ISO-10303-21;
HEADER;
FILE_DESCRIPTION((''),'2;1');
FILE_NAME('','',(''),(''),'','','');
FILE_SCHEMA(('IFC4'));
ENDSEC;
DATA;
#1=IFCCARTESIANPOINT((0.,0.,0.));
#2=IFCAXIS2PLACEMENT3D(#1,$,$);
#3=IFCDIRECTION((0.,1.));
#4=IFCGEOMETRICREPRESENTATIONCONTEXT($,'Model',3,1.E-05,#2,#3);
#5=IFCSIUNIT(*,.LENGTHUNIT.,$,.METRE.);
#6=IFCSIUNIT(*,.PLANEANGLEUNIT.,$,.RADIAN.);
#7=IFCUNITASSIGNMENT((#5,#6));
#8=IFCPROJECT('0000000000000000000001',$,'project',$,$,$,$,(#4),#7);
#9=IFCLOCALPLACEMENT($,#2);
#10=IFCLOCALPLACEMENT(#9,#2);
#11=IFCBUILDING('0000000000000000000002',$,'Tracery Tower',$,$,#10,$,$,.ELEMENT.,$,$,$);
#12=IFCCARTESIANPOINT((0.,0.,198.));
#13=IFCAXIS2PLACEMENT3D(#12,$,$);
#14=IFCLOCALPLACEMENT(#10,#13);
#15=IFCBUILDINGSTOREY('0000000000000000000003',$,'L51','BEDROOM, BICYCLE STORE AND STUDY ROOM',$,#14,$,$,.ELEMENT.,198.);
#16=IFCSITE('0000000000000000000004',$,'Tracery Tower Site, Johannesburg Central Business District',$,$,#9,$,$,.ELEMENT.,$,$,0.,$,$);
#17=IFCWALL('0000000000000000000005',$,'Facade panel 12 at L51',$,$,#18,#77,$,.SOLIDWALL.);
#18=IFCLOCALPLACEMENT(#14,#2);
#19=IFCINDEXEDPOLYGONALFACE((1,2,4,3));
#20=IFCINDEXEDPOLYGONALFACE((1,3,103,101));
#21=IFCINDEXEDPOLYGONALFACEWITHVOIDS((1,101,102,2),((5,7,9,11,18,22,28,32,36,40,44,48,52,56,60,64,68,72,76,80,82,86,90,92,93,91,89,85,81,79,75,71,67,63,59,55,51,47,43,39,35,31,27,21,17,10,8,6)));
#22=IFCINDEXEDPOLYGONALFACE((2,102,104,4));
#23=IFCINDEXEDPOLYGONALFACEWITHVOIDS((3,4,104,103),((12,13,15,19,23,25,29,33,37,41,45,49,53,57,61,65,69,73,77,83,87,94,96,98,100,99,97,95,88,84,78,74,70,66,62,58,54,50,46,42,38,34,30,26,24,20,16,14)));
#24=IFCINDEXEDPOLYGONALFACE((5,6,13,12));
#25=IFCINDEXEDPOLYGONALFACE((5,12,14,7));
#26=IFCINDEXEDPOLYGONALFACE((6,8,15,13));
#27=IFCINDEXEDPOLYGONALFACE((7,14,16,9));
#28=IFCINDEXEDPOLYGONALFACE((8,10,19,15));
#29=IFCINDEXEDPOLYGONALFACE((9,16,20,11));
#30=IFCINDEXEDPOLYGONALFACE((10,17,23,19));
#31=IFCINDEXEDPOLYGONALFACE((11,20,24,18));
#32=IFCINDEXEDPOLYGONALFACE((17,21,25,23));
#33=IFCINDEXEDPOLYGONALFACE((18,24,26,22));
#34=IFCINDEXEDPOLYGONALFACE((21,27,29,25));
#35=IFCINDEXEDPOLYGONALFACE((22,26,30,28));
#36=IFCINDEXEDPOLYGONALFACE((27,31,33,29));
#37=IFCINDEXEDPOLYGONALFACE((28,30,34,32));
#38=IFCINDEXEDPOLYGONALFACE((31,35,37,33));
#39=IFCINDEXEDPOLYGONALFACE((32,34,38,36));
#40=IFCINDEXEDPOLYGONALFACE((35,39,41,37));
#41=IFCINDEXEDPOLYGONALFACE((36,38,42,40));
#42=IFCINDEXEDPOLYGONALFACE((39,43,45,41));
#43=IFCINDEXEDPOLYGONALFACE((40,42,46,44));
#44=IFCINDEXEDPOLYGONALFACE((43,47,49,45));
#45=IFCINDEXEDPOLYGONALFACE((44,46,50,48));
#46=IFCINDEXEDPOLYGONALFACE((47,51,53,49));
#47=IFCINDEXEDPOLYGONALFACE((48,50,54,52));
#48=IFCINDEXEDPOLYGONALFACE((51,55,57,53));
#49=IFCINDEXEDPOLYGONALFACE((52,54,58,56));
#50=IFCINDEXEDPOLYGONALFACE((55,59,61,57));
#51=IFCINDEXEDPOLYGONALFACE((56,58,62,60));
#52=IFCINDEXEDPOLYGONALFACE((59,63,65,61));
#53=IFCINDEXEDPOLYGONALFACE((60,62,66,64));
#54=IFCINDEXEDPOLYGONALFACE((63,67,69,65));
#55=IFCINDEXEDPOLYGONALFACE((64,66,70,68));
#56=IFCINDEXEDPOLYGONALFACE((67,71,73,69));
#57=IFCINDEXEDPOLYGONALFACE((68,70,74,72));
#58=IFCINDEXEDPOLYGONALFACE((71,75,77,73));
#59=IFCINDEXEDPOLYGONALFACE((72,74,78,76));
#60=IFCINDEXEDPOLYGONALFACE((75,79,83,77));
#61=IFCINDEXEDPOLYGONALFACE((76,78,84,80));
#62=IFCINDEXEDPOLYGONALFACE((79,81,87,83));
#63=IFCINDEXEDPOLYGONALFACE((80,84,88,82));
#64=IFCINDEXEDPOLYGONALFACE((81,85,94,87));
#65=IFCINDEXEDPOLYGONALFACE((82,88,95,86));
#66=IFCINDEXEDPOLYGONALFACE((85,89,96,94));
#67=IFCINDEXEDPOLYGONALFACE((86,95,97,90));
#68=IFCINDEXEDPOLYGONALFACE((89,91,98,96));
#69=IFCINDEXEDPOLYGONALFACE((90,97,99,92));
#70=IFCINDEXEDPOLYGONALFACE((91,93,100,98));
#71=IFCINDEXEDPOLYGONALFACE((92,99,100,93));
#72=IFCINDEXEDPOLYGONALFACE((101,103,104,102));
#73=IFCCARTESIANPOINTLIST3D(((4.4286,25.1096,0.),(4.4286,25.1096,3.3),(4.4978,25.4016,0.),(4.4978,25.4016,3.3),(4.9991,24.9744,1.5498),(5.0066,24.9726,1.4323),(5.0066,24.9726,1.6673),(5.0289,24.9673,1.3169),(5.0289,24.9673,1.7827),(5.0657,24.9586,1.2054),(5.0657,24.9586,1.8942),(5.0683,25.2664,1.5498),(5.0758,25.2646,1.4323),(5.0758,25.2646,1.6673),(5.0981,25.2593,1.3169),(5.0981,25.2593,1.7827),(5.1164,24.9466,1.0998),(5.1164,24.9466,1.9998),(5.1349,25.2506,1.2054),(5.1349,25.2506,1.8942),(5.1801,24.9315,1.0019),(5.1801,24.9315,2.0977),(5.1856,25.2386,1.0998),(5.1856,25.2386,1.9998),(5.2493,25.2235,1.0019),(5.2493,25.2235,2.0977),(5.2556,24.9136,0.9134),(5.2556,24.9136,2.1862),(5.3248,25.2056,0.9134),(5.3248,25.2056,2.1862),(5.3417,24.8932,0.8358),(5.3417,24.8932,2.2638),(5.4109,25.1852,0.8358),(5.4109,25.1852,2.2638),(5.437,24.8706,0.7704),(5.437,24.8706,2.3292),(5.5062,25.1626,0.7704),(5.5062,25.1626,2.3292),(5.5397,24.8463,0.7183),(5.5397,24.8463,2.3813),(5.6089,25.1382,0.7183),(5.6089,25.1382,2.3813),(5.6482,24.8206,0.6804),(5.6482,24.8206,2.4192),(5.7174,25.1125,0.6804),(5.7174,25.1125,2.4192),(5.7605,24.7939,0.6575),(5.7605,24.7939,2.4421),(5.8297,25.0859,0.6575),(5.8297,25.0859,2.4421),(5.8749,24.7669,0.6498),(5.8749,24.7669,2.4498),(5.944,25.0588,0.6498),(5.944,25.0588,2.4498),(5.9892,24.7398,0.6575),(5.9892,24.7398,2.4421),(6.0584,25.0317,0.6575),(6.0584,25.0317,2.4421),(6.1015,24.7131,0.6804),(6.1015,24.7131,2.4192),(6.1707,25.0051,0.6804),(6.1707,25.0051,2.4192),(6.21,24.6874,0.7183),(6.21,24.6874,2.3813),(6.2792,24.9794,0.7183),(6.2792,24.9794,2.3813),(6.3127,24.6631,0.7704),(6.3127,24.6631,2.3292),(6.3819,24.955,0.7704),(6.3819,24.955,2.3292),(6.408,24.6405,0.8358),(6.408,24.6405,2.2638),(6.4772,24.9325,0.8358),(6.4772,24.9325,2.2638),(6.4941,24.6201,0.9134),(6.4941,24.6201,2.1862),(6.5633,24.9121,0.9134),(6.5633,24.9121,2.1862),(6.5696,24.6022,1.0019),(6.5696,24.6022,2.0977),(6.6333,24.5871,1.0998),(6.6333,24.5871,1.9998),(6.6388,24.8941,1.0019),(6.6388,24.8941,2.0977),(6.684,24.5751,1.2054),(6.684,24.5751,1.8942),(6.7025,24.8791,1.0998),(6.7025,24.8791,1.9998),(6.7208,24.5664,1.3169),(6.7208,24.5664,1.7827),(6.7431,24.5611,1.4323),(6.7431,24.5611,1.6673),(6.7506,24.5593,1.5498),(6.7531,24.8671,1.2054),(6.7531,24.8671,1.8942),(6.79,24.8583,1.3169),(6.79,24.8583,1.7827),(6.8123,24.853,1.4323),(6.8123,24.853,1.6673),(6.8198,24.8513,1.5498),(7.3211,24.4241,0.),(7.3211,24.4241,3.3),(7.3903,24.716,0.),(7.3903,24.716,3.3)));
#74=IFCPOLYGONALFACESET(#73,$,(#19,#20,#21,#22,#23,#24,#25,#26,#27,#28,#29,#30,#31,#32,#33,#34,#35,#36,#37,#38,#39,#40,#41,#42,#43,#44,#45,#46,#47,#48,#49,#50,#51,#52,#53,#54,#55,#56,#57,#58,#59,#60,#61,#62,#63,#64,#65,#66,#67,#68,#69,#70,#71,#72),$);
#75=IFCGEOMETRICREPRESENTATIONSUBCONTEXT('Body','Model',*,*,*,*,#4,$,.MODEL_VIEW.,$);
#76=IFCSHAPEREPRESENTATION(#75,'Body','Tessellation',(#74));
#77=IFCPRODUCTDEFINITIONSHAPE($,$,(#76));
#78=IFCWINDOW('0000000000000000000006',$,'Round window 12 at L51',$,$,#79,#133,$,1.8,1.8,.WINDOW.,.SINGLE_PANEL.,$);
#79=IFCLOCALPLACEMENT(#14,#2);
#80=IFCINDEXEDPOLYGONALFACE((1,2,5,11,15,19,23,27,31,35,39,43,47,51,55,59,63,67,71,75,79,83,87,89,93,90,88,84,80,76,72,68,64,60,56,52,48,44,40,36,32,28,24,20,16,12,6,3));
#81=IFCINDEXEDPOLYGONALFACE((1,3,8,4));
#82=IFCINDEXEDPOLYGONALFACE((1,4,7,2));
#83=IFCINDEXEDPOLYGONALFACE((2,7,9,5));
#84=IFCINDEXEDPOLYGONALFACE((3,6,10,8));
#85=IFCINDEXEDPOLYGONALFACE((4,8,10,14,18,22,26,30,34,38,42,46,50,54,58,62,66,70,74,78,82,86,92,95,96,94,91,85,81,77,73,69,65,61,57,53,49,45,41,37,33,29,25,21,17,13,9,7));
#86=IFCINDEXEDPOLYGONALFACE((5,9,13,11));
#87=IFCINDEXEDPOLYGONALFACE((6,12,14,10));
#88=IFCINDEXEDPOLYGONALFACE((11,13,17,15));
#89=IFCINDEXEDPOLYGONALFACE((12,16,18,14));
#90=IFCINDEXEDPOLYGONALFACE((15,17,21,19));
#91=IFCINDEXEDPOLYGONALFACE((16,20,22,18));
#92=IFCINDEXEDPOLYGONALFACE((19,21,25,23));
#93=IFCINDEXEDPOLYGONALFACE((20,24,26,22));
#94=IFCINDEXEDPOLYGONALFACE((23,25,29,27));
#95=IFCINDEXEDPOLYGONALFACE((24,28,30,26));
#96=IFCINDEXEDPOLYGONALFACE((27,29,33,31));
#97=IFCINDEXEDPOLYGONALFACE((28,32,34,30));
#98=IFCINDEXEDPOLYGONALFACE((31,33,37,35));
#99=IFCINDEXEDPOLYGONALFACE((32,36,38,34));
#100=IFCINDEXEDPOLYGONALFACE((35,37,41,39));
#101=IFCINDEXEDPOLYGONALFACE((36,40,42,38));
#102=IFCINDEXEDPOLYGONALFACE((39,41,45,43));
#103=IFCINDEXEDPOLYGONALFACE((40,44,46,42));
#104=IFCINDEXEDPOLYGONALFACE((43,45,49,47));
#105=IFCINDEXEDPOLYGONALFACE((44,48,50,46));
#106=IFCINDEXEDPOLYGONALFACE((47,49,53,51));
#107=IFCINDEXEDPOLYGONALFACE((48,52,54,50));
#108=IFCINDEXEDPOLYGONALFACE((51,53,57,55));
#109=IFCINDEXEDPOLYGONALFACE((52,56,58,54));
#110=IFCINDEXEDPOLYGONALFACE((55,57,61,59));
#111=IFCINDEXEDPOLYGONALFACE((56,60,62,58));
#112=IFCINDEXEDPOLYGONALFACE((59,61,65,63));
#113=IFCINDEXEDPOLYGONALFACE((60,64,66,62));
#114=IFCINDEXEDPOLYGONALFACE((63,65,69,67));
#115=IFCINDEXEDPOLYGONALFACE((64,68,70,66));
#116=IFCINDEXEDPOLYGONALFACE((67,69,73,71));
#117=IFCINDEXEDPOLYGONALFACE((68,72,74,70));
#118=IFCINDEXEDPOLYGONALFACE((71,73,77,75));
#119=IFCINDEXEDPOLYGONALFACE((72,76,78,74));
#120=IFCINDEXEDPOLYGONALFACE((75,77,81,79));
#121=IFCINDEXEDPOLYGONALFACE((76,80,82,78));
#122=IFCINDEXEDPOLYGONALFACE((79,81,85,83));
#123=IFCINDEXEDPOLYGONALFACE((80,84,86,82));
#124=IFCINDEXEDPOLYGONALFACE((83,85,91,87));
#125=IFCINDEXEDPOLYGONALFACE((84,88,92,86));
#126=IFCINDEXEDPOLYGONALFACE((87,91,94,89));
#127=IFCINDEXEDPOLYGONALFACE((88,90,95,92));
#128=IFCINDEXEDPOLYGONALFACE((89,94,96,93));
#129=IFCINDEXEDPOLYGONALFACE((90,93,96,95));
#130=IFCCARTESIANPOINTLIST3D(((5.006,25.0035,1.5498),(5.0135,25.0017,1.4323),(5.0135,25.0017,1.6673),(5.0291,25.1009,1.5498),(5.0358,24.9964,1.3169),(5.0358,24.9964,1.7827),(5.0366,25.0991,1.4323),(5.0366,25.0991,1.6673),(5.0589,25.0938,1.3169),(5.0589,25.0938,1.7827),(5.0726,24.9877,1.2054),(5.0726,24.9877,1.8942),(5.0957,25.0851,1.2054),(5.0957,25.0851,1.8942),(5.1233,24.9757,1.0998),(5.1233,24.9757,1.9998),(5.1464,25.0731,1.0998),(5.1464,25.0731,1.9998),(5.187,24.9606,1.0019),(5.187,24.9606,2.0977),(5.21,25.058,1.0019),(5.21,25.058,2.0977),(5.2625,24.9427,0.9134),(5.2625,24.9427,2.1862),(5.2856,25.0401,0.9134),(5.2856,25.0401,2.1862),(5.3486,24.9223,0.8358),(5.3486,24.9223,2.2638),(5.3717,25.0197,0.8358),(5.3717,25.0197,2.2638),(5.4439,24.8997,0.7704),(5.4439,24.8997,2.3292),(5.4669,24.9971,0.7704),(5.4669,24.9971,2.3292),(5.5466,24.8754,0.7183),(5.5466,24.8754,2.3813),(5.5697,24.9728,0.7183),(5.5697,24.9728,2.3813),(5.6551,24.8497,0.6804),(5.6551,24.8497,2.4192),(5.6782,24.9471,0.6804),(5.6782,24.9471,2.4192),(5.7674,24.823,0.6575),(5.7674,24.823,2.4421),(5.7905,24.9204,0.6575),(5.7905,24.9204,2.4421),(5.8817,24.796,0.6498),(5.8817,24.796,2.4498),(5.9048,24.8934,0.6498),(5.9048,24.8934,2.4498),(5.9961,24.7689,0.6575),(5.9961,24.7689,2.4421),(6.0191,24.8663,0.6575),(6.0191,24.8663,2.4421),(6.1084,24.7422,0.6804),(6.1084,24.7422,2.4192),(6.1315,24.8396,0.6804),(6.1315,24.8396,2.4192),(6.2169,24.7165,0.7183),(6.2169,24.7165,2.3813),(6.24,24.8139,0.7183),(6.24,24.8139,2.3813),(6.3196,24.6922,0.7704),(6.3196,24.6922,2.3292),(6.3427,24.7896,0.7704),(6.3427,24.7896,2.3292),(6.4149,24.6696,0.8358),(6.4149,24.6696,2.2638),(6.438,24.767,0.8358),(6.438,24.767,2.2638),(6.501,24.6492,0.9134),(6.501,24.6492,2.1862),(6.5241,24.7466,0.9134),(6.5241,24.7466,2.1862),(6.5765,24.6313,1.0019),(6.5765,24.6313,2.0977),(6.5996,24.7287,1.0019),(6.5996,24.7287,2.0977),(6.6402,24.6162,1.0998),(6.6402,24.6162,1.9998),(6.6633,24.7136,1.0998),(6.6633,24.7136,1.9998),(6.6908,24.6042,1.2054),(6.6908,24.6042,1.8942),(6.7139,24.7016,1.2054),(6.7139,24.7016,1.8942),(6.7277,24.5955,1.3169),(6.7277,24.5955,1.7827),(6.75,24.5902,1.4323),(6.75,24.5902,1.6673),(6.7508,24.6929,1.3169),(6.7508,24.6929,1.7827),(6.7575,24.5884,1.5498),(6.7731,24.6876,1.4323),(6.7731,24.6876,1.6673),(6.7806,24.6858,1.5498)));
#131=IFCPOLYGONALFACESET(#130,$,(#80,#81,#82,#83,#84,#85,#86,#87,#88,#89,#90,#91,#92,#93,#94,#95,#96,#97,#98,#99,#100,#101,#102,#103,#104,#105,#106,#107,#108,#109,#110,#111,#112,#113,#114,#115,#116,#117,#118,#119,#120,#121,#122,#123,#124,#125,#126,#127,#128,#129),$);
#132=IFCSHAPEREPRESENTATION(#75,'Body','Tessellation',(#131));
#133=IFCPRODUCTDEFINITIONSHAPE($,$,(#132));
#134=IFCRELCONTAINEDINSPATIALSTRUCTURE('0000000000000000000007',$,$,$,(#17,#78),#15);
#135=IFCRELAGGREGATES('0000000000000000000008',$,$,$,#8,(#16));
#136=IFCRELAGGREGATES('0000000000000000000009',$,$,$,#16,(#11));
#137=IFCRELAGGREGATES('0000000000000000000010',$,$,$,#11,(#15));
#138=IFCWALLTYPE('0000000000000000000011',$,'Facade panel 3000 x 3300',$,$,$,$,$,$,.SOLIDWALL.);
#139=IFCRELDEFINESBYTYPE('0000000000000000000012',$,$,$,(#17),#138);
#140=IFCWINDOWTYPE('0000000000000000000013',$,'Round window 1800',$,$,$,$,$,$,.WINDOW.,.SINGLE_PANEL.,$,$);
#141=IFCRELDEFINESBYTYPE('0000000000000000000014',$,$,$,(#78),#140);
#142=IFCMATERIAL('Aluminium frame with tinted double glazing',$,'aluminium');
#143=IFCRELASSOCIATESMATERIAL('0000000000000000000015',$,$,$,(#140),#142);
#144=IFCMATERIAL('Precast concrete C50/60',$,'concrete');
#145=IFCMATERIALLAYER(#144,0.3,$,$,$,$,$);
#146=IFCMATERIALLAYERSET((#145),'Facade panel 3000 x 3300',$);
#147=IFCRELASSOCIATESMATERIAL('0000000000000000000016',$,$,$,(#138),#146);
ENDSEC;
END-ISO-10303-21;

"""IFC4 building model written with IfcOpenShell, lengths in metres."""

from ifc_helpers import new_model, si_unit, direction, frame, frame_2d, origin, origin_2d, place, context, subcontext, project, spatial, rectangle, circle, extrude, material, layer, layer_set, type_object, element, fill, save


model = new_model("IFC4")

# Units and contexts
model_context = context("Model", 3, precision=1e-05, world=origin(), true_north=direction((0.0, 1.0)))
body_context = subcontext(model_context, "Body", "Model", "MODEL_VIEW")
ifc_project = project(units=[si_unit("LENGTHUNIT", "METRE"), si_unit("PLANEANGLEUNIT", "RADIAN")], contexts=[model_context])

# Site, building, storey
site_placement = place(None, origin())
site = spatial("IfcSite", under=ifc_project, at=site_placement, Name="Tracery Tower Site, Johannesburg Central Business District", CompositionType="ELEMENT", RefElevation=0.0)
building_placement = place(site_placement, origin())
building = spatial("IfcBuilding", under=site, at=building_placement, Name="Tracery Tower", CompositionType="ELEMENT")
storey_placement = place(building_placement, frame((0.0, 0.0, 198.0)))
storey = spatial("IfcBuildingStorey", under=building, at=storey_placement, Name="L51", Description="BEDROOM, BICYCLE STORE AND STUDY ROOM", CompositionType="ELEMENT", Elevation=198.0)

# Wall, opening, window
ifc_material_1 = material(Name="Aluminium frame with tinted double glazing", Category="aluminium")
window_type = type_object("IfcWindowType", Name="Round window 1800", PartitioningType="SINGLE_PANEL", PredefinedType="WINDOW", material=ifc_material_1)
ifc_material_2 = material(Name="Precast concrete C50/60", Category="concrete")
ifc_layer_1 = layer(ifc_material_2, 0.3)
ifc_layer_set_1 = layer_set([ifc_layer_1], Name="Facade panel 3000 x 3300")
wall_type_1 = type_object("IfcWallType", Name="Facade panel 3000 x 3300", PredefinedType="SOLIDWALL", material=ifc_layer_set_1)
wall_1_placement = place(storey_placement, frame((7.3557, 24.5701, 0.0), z_axis=(0.0, 0.0, 1.0), x_axis=(-0.973045, 0.230614, 0.0)))
wall_1 = element("IfcWall", 1, at=wall_1_placement, inside=storey, type_object=wall_type_1, Name="Facade panel 12 at L51", PredefinedType="SOLIDWALL", context=body_context, shape_type="SweptSolid", body=[
    extrude(rectangle(XDim=2.9727, YDim=0.3, at=frame_2d((1.4863, 0.0))), origin(), (0.0, 0.0, 1.0), 3.3),
])
opening_1_placement = place(wall_1_placement, frame((1.4863, 0.0, 1.5498)))
opening_1 = element("IfcOpeningElement", 2, at=opening_1_placement, cuts=wall_1, PredefinedType="OPENING", context=body_context, shape_type="SweptSolid", body=[
    extrude(circle(Radius=0.9, at=origin_2d()), frame((0.0, 0.1599, 0.0), z_axis=(0.0, -1.0, 0.0), x_axis=(1.0, 0.0, 0.0)), (0.0, 0.0, 1.0), 0.3201),
])
window_1_placement = place(opening_1_placement, origin())
window_1 = element("IfcWindow", 3, at=window_1_placement, inside=storey, type_object=window_type, Name="Round window 12 at L51", OverallHeight=1.8, OverallWidth=1.8, PartitioningType="SINGLE_PANEL", PredefinedType="WINDOW", context=body_context, shape_type="SweptSolid", body=[
    extrude(circle(Radius=0.9, at=origin_2d()), frame((0.0, 0.1201, 0.0), z_axis=(0.0, -1.0, 0.0), x_axis=(1.0, 0.0, 0.0)), (0.0, 0.0, 1.0), 0.1001),
])
fill(opening_1, window_1)

save(model, "model.ifc")
